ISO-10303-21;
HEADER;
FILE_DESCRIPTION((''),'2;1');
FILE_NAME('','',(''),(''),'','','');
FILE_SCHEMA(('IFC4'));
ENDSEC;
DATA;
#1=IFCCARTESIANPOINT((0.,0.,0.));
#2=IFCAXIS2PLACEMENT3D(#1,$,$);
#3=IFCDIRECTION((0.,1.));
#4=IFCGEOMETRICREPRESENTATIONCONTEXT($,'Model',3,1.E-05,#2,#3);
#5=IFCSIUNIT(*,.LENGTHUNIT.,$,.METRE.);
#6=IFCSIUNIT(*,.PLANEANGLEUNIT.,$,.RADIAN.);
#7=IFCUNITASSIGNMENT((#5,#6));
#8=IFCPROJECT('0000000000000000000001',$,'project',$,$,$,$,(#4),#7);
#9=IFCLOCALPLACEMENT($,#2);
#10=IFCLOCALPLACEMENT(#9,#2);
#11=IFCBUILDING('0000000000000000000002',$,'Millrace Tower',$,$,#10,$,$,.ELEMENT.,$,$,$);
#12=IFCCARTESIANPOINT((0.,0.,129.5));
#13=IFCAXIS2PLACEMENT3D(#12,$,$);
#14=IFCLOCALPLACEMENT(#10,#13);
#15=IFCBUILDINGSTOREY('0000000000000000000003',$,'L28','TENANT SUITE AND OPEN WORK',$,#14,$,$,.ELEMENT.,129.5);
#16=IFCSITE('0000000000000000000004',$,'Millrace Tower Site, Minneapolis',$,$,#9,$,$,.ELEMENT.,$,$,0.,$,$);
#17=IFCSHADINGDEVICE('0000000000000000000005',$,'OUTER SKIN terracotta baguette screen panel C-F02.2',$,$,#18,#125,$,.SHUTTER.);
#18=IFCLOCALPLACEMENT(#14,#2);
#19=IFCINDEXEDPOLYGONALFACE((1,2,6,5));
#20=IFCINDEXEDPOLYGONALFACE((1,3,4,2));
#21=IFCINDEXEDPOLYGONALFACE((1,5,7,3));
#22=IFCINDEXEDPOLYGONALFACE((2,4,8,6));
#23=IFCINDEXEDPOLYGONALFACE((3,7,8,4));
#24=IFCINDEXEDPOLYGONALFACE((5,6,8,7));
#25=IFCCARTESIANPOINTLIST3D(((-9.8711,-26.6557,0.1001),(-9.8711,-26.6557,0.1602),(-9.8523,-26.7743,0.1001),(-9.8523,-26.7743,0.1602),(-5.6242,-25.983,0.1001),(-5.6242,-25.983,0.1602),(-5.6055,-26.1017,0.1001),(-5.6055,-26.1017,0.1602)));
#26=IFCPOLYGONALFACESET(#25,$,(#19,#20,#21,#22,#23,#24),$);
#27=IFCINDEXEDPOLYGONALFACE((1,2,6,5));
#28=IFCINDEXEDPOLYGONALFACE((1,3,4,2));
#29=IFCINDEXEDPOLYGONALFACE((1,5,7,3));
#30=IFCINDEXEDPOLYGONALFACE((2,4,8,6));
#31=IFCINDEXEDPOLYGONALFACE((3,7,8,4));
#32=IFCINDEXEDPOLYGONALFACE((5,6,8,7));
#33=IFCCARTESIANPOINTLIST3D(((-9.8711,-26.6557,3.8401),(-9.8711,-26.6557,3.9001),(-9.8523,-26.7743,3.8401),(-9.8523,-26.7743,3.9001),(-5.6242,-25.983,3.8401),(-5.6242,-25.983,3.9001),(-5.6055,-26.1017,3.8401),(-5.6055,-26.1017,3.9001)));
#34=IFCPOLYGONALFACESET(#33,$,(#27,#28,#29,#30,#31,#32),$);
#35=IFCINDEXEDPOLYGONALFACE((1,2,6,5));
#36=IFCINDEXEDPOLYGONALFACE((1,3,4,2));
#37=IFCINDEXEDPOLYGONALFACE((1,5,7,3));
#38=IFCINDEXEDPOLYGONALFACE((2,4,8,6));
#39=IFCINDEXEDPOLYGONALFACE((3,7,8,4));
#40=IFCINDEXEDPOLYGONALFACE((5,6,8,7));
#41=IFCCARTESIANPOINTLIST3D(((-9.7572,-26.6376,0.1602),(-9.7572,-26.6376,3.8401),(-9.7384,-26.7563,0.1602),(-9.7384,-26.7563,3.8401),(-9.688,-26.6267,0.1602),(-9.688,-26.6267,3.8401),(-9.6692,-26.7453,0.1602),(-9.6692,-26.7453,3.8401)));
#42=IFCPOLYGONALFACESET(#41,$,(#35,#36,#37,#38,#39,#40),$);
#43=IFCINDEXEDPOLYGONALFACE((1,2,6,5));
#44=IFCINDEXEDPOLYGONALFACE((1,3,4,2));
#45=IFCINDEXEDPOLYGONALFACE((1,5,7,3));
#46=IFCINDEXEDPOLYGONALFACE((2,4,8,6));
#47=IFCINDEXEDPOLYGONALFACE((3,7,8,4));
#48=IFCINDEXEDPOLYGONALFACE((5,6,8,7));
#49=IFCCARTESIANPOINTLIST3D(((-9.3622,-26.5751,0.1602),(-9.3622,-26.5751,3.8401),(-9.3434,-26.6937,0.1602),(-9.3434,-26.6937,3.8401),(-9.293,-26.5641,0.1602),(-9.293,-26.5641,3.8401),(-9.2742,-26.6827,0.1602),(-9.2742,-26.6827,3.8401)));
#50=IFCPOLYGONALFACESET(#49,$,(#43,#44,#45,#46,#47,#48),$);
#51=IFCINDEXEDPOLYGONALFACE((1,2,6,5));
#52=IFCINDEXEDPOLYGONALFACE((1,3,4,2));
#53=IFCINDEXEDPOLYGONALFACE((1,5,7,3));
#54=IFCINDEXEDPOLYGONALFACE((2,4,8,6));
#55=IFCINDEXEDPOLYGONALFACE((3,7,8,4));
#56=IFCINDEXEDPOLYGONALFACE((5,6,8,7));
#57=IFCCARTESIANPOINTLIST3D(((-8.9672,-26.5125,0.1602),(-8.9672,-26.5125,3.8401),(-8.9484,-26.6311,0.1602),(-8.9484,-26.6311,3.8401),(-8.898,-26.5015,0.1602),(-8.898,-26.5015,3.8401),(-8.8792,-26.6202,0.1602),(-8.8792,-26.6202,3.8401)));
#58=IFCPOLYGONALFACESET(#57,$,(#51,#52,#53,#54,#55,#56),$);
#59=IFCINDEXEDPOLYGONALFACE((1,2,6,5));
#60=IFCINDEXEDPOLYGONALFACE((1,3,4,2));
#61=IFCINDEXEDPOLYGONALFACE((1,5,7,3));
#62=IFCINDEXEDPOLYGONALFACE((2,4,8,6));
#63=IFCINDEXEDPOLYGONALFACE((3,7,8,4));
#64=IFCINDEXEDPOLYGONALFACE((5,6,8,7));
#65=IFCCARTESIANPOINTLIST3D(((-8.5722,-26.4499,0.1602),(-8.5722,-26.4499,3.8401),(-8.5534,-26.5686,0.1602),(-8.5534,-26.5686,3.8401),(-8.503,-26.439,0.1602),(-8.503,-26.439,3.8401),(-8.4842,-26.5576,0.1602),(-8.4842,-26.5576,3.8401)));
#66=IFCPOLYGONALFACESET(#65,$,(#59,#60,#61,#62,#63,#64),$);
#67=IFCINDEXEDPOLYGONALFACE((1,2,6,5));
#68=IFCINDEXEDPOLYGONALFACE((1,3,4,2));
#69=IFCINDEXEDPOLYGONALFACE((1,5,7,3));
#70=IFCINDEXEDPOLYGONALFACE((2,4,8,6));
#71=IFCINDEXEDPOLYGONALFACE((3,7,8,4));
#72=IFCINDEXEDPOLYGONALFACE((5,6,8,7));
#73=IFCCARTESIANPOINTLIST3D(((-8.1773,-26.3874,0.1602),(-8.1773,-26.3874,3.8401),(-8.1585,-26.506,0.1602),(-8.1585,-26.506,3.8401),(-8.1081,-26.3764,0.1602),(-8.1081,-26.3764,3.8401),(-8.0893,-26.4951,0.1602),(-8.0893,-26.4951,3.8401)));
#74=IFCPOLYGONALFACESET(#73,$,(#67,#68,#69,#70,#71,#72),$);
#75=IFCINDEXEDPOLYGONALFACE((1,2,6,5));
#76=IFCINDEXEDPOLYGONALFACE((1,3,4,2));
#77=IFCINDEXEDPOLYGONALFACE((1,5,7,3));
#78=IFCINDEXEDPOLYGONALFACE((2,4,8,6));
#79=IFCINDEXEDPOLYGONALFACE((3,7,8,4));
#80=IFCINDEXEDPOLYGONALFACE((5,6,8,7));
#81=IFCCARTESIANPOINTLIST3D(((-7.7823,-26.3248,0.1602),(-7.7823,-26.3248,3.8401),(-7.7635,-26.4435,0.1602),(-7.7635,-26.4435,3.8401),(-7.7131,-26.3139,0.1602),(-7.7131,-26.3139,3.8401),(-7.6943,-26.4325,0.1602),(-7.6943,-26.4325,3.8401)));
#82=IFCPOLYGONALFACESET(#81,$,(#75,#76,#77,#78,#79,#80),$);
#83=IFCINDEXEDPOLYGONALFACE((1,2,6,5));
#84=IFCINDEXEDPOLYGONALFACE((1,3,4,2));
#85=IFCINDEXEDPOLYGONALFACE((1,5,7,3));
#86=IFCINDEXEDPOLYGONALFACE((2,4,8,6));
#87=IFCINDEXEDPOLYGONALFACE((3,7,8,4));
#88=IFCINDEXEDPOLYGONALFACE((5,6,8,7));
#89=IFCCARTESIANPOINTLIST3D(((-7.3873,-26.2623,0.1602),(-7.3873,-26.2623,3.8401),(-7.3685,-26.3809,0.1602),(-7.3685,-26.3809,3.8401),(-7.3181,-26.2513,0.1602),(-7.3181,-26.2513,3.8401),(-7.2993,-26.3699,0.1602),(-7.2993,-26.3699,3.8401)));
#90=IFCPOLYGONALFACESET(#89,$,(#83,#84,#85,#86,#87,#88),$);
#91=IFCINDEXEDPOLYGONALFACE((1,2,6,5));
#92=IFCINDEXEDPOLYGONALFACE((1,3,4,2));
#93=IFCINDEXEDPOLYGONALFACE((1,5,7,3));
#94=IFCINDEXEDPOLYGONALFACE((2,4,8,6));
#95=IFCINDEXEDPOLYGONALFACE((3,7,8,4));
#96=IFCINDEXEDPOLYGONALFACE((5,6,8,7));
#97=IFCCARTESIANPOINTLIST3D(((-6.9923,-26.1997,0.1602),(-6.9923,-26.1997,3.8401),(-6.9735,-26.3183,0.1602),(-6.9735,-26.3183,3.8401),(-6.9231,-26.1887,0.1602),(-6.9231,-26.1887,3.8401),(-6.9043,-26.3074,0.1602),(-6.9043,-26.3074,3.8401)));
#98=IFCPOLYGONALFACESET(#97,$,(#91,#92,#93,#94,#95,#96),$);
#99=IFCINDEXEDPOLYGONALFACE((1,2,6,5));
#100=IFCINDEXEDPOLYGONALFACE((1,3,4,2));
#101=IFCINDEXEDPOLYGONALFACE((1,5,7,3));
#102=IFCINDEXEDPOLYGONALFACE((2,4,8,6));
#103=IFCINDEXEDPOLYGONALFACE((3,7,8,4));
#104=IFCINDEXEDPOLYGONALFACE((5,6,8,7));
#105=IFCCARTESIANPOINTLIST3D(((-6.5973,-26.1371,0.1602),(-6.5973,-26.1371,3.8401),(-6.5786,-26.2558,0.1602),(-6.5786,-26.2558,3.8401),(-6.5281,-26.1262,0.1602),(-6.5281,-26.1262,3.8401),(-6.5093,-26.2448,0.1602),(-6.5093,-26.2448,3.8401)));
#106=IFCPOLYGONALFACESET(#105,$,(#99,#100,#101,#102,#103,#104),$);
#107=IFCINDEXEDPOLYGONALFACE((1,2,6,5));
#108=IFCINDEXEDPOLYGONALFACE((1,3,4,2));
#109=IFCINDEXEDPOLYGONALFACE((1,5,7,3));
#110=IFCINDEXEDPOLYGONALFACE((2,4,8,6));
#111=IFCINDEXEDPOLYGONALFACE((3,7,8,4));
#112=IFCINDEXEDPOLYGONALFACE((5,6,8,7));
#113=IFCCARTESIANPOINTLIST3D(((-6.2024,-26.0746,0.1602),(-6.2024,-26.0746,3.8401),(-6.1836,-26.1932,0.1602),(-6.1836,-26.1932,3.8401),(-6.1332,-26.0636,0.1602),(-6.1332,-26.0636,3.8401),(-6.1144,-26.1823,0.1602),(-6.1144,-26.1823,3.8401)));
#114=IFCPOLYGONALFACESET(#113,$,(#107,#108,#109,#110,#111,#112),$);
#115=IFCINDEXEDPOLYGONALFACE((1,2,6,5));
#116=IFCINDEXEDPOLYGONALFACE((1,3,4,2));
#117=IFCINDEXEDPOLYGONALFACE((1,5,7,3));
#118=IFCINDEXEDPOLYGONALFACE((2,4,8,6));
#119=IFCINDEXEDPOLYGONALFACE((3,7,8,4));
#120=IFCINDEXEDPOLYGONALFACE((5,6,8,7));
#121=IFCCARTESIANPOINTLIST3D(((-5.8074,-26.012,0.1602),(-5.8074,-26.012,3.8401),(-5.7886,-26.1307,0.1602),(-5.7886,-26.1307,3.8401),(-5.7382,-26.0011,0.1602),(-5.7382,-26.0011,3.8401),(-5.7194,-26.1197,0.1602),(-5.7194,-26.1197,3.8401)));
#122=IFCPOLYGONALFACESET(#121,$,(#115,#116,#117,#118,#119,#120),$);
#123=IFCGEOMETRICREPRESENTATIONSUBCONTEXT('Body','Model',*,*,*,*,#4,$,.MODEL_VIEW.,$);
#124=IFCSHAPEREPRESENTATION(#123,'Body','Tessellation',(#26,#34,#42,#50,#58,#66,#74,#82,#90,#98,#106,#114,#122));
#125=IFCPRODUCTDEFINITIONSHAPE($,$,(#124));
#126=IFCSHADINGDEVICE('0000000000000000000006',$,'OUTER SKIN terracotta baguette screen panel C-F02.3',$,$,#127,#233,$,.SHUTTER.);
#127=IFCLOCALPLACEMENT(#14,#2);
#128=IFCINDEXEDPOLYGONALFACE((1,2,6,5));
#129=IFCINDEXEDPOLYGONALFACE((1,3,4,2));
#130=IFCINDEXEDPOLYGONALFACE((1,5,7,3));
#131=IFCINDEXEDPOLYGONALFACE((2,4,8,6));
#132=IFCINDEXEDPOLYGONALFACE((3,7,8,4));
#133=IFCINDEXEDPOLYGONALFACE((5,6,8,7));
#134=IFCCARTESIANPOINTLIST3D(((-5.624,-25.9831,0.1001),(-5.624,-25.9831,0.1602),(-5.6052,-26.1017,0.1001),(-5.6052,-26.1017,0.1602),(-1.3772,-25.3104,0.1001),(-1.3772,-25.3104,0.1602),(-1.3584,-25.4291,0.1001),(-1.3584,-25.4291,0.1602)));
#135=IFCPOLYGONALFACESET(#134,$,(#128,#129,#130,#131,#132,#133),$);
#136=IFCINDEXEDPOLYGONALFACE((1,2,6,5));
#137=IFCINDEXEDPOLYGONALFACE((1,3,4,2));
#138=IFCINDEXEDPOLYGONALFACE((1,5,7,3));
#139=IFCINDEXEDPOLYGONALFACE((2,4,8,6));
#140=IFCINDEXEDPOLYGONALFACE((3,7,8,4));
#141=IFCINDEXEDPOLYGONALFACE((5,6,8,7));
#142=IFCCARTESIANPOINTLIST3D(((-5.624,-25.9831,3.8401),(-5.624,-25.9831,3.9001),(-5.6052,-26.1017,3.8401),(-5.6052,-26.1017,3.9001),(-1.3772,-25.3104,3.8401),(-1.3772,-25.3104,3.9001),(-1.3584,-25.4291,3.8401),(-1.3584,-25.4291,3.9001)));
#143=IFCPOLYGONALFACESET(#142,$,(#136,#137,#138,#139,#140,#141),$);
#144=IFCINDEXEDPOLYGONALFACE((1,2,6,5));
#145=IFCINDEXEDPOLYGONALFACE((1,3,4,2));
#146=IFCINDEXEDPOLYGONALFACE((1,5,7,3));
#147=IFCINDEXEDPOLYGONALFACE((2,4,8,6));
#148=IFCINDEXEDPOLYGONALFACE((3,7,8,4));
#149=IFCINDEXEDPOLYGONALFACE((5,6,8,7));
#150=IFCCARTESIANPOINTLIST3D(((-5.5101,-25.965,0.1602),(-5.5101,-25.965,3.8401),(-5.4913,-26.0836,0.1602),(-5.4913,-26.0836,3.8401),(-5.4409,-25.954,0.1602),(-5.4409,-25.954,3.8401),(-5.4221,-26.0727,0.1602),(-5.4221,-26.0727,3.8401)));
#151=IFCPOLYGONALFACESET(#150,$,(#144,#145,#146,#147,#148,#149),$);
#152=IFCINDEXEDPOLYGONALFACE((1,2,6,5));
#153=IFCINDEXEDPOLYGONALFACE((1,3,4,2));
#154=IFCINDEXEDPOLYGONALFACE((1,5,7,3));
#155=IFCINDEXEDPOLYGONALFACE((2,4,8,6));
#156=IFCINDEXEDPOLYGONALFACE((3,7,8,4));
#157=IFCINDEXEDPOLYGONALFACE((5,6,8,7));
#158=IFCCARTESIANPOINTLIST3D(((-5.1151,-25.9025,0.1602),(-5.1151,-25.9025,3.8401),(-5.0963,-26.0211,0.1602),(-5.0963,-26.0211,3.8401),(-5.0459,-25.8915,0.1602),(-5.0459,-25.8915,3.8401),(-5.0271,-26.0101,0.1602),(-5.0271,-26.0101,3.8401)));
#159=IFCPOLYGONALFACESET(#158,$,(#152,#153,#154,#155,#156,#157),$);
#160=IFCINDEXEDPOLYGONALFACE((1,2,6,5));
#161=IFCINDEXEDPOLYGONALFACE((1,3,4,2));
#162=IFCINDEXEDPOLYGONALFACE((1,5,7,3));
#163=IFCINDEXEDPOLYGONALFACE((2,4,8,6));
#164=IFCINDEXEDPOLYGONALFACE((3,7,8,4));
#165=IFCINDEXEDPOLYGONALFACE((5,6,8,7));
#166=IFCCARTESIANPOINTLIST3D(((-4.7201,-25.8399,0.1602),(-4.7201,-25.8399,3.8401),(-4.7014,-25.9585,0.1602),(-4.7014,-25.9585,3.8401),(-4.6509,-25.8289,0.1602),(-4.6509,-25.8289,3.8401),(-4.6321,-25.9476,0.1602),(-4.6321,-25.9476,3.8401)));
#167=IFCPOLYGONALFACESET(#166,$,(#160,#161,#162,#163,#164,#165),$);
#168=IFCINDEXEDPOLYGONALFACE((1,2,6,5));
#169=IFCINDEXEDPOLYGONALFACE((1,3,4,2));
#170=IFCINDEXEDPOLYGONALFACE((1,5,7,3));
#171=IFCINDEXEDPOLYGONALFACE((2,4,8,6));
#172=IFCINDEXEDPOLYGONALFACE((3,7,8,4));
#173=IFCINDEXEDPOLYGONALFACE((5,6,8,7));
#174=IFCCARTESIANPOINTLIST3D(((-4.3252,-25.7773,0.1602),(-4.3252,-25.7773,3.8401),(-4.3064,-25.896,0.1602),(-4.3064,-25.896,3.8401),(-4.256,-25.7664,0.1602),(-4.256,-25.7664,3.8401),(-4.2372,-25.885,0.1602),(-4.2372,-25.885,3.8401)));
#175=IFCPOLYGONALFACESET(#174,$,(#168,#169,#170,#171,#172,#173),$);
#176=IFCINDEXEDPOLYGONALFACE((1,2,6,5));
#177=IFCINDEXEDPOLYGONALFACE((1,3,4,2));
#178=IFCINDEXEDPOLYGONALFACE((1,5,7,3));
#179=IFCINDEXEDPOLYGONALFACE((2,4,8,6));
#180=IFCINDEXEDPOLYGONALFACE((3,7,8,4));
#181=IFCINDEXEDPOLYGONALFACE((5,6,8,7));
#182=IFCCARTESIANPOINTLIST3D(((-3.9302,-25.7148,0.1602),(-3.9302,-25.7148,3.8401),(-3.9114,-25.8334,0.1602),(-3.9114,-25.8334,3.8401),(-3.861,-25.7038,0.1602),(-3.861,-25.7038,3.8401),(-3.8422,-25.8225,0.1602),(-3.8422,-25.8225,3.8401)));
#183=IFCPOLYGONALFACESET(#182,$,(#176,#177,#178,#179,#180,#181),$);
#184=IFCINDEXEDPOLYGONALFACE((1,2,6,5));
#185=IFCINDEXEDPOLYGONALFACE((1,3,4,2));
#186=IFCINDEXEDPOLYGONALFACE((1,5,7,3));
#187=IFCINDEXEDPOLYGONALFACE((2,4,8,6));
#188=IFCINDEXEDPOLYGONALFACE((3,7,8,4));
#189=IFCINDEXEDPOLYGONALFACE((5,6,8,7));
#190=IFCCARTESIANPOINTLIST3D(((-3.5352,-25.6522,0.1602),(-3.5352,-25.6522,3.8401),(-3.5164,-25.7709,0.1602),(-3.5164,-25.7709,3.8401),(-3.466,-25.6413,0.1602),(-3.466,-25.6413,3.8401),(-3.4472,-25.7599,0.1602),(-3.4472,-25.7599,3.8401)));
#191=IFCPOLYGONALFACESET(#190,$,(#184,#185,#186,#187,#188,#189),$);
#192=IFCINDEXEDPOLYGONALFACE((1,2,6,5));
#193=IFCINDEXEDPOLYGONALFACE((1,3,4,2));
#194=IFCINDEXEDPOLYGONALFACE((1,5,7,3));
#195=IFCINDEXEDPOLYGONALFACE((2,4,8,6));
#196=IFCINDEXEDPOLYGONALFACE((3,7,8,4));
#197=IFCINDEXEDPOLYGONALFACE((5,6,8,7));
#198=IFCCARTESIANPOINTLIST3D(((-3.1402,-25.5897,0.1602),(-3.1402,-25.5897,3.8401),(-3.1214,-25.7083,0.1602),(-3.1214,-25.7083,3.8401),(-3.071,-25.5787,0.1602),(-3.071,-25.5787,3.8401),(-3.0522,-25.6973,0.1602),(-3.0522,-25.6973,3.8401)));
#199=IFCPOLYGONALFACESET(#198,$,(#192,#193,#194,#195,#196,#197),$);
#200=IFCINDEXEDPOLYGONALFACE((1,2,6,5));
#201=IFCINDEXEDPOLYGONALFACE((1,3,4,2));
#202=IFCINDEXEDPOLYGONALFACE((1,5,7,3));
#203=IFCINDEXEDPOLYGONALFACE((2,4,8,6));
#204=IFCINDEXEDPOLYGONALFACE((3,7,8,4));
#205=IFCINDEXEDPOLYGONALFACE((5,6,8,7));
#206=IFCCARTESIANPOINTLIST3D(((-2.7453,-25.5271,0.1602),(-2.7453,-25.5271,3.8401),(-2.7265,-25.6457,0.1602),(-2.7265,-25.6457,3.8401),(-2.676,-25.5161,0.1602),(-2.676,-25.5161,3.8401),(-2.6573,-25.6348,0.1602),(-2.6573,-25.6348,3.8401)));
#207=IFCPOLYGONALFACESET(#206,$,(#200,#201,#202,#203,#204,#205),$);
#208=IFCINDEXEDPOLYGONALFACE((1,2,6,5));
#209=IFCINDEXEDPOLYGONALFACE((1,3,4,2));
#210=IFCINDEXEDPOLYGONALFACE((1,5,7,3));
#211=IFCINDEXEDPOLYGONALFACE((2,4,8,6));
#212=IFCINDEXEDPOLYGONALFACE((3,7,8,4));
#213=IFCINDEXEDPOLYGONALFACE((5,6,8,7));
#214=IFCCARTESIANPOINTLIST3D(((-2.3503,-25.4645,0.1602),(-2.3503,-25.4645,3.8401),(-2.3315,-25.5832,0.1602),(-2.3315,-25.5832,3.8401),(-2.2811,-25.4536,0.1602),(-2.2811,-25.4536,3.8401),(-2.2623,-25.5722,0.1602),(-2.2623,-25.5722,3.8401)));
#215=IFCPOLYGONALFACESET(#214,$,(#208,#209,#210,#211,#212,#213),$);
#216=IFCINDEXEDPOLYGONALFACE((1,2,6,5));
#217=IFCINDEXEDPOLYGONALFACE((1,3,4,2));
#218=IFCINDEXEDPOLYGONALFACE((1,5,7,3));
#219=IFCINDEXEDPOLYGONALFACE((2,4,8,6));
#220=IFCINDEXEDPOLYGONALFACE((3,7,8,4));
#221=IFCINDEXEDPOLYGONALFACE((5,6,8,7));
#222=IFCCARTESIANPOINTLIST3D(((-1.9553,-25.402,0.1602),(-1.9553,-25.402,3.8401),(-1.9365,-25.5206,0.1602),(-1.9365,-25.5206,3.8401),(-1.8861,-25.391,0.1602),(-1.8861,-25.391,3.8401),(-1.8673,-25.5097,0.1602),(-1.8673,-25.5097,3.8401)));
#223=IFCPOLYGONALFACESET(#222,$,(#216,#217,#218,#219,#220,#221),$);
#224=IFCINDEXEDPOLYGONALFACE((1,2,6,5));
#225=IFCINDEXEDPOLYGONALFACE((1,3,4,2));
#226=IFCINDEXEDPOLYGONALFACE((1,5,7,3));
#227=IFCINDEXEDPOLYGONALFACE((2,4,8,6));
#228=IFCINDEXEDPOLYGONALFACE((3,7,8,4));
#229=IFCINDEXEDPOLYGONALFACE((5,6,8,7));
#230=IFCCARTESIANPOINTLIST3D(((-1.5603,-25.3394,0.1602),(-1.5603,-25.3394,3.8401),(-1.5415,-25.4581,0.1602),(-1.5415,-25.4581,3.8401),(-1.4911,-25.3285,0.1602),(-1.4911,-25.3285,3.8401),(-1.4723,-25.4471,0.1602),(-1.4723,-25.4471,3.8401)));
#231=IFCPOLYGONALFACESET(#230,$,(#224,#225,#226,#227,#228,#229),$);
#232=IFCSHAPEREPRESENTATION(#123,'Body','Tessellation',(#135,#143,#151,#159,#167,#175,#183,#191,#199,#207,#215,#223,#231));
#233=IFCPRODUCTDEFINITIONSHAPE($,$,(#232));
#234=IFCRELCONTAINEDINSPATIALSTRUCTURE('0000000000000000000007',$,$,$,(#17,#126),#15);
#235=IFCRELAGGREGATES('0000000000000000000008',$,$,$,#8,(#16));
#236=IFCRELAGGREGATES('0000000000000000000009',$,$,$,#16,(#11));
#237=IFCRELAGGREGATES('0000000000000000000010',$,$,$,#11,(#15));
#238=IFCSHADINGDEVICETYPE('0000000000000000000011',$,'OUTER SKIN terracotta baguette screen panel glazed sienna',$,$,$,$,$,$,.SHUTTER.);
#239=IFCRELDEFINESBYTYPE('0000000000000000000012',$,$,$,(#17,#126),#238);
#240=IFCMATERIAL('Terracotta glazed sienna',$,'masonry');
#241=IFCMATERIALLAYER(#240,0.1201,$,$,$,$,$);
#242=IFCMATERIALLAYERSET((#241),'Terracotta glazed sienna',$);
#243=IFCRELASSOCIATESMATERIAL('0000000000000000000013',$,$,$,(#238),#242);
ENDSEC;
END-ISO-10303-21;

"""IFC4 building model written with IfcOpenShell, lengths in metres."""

from ifc_helpers import new_model, entity, si_unit, direction, frame, frame_2d, origin, origin_2d, place, context, subcontext, project, spatial, rectangle, extrude, source, transform, mapped, material, layer, layer_set, type_object, element, save


model = new_model("IFC4")

# Units and contexts
model_context = context("Model", 3, precision=1e-05, world=origin(), true_north=direction((0.0, 1.0)))
body_context = subcontext(model_context, "Body", "Model", "MODEL_VIEW")
ifc_project = project(units=[si_unit("LENGTHUNIT", "METRE"), si_unit("PLANEANGLEUNIT", "RADIAN")], contexts=[model_context])

# Site, building, storey
site_placement = place(None, origin())
site = spatial("IfcSite", under=ifc_project, at=site_placement, Name="Millrace Tower Site, Minneapolis", CompositionType="ELEMENT", RefElevation=0.0)
building_placement = place(site_placement, origin())
building = spatial("IfcBuilding", under=site, at=building_placement, Name="Millrace Tower", CompositionType="ELEMENT")
storey_placement = place(building_placement, frame((0.0, 0.0, 129.5)))
storey = spatial("IfcBuildingStorey", under=building, at=storey_placement, Name="L28", Description="TENANT SUITE AND OPEN WORK", CompositionType="ELEMENT", Elevation=129.5)

# Shading devices
ifc_material_1 = material(Name="Terracotta glazed sienna", Category="masonry")
ifc_layer_1 = layer(ifc_material_1, 0.1201)
ifc_layer_set_1 = layer_set([ifc_layer_1], Name="Terracotta glazed sienna")
shading_device_type = type_object("IfcShadingDeviceType", Name="OUTER SKIN terracotta baguette screen panel glazed sienna", PredefinedType="SHUTTER", material=ifc_layer_set_1)
cartesian_point_1 = entity("IfcCartesianPoint", [-2.1499, 0.0601])
shared_polyline_1 = entity("IfcPolyline", [cartesian_point_1, entity("IfcCartesianPoint", [2.1499, 0.0601]), entity("IfcCartesianPoint", [2.1499, -0.0601]), entity("IfcCartesianPoint", [-2.1499, -0.0601]), cartesian_point_1])
shared_shape_1 = source(origin(), body_context, "Body", "SweptSolid", [
    entity("IfcExtrudedAreaSolid", entity("IfcArbitraryClosedProfileDef", "AREA", None, shared_polyline_1), entity("IfcAxis2Placement3D", entity("IfcCartesianPoint", [0.0, 0.0, 0.0])), entity("IfcDirection", [0.0, 0.0, 1.0]), 0.0601),
    entity("IfcExtrudedAreaSolid", entity("IfcArbitraryClosedProfileDef", "AREA", None, shared_polyline_1), entity("IfcAxis2Placement3D", entity("IfcCartesianPoint", [0.0, 0.0, 3.74])), entity("IfcDirection", [0.0, 0.0, 1.0]), 0.0601),
    extrude(rectangle(XDim=0.0701, YDim=0.1201, at=frame_2d((-1.9995, 0.0))), frame((0.0, 0.0, 0.0601)), (0.0, 0.0, 1.0), 3.6799),
    extrude(rectangle(XDim=0.0701, YDim=0.1201, at=frame_2d((-1.5996, 0.0))), frame((0.0, 0.0, 0.0601)), (0.0, 0.0, 1.0), 3.6799),
    extrude(rectangle(XDim=0.0701, YDim=0.1201, at=frame_2d((-1.1997, 0.0))), frame((0.0, 0.0, 0.0601)), (0.0, 0.0, 1.0), 3.6799),
    extrude(rectangle(XDim=0.0701, YDim=0.1201, at=frame_2d((-0.7998, 0.0))), frame((0.0, 0.0, 0.0601)), (0.0, 0.0, 1.0), 3.6799),
    extrude(rectangle(XDim=0.0701, YDim=0.1201, at=frame_2d((-0.3999, 0.0))), frame((0.0, 0.0, 0.0601)), (0.0, 0.0, 1.0), 3.6799),
    extrude(rectangle(XDim=0.0701, YDim=0.1201, at=origin_2d()), frame((0.0, 0.0, 0.0601)), (0.0, 0.0, 1.0), 3.6799),
    extrude(rectangle(XDim=0.0701, YDim=0.1201, at=frame_2d((0.3999, 0.0))), frame((0.0, 0.0, 0.0601)), (0.0, 0.0, 1.0), 3.6799),
    extrude(rectangle(XDim=0.0701, YDim=0.1201, at=frame_2d((0.7998, 0.0))), frame((0.0, 0.0, 0.0601)), (0.0, 0.0, 1.0), 3.6799),
    extrude(rectangle(XDim=0.0701, YDim=0.1201, at=frame_2d((1.1997, 0.0))), frame((0.0, 0.0, 0.0601)), (0.0, 0.0, 1.0), 3.6799),
    extrude(rectangle(XDim=0.0701, YDim=0.1201, at=frame_2d((1.5996, 0.0))), frame((0.0, 0.0, 0.0601)), (0.0, 0.0, 1.0), 3.6799),
    extrude(rectangle(XDim=0.0701, YDim=0.1201, at=frame_2d((1.9995, 0.0))), frame((0.0, 0.0, 0.0601)), (0.0, 0.0, 1.0), 3.6799),
])
for number, where, z_axis, x_axis, name in (
    (1, (-7.7383, -26.3787, 0.1001), (0.0, 0.0, 1.0), (0.987688, 0.156434, 0.0), "OUTER SKIN terracotta baguette screen panel C-F02.2"),
    (2, (-3.4912, -25.7061, 0.1001), (0.0, 0.0, 1.0), (0.987688, 0.156434, 0.0), "OUTER SKIN terracotta baguette screen panel C-F02.3"),
):
    element("IfcShadingDevice", number, at=place(storey_placement, frame(where, z_axis=z_axis, x_axis=x_axis)), inside=storey, type_object=shading_device_type, Name=name, PredefinedType="SHUTTER", context=body_context, shape_type="MappedRepresentation", body=[
        mapped(shared_shape_1, transform((0.0, 0.0, 0.0), scale=1.0)),
    ])

save(model, "model.ifc")
